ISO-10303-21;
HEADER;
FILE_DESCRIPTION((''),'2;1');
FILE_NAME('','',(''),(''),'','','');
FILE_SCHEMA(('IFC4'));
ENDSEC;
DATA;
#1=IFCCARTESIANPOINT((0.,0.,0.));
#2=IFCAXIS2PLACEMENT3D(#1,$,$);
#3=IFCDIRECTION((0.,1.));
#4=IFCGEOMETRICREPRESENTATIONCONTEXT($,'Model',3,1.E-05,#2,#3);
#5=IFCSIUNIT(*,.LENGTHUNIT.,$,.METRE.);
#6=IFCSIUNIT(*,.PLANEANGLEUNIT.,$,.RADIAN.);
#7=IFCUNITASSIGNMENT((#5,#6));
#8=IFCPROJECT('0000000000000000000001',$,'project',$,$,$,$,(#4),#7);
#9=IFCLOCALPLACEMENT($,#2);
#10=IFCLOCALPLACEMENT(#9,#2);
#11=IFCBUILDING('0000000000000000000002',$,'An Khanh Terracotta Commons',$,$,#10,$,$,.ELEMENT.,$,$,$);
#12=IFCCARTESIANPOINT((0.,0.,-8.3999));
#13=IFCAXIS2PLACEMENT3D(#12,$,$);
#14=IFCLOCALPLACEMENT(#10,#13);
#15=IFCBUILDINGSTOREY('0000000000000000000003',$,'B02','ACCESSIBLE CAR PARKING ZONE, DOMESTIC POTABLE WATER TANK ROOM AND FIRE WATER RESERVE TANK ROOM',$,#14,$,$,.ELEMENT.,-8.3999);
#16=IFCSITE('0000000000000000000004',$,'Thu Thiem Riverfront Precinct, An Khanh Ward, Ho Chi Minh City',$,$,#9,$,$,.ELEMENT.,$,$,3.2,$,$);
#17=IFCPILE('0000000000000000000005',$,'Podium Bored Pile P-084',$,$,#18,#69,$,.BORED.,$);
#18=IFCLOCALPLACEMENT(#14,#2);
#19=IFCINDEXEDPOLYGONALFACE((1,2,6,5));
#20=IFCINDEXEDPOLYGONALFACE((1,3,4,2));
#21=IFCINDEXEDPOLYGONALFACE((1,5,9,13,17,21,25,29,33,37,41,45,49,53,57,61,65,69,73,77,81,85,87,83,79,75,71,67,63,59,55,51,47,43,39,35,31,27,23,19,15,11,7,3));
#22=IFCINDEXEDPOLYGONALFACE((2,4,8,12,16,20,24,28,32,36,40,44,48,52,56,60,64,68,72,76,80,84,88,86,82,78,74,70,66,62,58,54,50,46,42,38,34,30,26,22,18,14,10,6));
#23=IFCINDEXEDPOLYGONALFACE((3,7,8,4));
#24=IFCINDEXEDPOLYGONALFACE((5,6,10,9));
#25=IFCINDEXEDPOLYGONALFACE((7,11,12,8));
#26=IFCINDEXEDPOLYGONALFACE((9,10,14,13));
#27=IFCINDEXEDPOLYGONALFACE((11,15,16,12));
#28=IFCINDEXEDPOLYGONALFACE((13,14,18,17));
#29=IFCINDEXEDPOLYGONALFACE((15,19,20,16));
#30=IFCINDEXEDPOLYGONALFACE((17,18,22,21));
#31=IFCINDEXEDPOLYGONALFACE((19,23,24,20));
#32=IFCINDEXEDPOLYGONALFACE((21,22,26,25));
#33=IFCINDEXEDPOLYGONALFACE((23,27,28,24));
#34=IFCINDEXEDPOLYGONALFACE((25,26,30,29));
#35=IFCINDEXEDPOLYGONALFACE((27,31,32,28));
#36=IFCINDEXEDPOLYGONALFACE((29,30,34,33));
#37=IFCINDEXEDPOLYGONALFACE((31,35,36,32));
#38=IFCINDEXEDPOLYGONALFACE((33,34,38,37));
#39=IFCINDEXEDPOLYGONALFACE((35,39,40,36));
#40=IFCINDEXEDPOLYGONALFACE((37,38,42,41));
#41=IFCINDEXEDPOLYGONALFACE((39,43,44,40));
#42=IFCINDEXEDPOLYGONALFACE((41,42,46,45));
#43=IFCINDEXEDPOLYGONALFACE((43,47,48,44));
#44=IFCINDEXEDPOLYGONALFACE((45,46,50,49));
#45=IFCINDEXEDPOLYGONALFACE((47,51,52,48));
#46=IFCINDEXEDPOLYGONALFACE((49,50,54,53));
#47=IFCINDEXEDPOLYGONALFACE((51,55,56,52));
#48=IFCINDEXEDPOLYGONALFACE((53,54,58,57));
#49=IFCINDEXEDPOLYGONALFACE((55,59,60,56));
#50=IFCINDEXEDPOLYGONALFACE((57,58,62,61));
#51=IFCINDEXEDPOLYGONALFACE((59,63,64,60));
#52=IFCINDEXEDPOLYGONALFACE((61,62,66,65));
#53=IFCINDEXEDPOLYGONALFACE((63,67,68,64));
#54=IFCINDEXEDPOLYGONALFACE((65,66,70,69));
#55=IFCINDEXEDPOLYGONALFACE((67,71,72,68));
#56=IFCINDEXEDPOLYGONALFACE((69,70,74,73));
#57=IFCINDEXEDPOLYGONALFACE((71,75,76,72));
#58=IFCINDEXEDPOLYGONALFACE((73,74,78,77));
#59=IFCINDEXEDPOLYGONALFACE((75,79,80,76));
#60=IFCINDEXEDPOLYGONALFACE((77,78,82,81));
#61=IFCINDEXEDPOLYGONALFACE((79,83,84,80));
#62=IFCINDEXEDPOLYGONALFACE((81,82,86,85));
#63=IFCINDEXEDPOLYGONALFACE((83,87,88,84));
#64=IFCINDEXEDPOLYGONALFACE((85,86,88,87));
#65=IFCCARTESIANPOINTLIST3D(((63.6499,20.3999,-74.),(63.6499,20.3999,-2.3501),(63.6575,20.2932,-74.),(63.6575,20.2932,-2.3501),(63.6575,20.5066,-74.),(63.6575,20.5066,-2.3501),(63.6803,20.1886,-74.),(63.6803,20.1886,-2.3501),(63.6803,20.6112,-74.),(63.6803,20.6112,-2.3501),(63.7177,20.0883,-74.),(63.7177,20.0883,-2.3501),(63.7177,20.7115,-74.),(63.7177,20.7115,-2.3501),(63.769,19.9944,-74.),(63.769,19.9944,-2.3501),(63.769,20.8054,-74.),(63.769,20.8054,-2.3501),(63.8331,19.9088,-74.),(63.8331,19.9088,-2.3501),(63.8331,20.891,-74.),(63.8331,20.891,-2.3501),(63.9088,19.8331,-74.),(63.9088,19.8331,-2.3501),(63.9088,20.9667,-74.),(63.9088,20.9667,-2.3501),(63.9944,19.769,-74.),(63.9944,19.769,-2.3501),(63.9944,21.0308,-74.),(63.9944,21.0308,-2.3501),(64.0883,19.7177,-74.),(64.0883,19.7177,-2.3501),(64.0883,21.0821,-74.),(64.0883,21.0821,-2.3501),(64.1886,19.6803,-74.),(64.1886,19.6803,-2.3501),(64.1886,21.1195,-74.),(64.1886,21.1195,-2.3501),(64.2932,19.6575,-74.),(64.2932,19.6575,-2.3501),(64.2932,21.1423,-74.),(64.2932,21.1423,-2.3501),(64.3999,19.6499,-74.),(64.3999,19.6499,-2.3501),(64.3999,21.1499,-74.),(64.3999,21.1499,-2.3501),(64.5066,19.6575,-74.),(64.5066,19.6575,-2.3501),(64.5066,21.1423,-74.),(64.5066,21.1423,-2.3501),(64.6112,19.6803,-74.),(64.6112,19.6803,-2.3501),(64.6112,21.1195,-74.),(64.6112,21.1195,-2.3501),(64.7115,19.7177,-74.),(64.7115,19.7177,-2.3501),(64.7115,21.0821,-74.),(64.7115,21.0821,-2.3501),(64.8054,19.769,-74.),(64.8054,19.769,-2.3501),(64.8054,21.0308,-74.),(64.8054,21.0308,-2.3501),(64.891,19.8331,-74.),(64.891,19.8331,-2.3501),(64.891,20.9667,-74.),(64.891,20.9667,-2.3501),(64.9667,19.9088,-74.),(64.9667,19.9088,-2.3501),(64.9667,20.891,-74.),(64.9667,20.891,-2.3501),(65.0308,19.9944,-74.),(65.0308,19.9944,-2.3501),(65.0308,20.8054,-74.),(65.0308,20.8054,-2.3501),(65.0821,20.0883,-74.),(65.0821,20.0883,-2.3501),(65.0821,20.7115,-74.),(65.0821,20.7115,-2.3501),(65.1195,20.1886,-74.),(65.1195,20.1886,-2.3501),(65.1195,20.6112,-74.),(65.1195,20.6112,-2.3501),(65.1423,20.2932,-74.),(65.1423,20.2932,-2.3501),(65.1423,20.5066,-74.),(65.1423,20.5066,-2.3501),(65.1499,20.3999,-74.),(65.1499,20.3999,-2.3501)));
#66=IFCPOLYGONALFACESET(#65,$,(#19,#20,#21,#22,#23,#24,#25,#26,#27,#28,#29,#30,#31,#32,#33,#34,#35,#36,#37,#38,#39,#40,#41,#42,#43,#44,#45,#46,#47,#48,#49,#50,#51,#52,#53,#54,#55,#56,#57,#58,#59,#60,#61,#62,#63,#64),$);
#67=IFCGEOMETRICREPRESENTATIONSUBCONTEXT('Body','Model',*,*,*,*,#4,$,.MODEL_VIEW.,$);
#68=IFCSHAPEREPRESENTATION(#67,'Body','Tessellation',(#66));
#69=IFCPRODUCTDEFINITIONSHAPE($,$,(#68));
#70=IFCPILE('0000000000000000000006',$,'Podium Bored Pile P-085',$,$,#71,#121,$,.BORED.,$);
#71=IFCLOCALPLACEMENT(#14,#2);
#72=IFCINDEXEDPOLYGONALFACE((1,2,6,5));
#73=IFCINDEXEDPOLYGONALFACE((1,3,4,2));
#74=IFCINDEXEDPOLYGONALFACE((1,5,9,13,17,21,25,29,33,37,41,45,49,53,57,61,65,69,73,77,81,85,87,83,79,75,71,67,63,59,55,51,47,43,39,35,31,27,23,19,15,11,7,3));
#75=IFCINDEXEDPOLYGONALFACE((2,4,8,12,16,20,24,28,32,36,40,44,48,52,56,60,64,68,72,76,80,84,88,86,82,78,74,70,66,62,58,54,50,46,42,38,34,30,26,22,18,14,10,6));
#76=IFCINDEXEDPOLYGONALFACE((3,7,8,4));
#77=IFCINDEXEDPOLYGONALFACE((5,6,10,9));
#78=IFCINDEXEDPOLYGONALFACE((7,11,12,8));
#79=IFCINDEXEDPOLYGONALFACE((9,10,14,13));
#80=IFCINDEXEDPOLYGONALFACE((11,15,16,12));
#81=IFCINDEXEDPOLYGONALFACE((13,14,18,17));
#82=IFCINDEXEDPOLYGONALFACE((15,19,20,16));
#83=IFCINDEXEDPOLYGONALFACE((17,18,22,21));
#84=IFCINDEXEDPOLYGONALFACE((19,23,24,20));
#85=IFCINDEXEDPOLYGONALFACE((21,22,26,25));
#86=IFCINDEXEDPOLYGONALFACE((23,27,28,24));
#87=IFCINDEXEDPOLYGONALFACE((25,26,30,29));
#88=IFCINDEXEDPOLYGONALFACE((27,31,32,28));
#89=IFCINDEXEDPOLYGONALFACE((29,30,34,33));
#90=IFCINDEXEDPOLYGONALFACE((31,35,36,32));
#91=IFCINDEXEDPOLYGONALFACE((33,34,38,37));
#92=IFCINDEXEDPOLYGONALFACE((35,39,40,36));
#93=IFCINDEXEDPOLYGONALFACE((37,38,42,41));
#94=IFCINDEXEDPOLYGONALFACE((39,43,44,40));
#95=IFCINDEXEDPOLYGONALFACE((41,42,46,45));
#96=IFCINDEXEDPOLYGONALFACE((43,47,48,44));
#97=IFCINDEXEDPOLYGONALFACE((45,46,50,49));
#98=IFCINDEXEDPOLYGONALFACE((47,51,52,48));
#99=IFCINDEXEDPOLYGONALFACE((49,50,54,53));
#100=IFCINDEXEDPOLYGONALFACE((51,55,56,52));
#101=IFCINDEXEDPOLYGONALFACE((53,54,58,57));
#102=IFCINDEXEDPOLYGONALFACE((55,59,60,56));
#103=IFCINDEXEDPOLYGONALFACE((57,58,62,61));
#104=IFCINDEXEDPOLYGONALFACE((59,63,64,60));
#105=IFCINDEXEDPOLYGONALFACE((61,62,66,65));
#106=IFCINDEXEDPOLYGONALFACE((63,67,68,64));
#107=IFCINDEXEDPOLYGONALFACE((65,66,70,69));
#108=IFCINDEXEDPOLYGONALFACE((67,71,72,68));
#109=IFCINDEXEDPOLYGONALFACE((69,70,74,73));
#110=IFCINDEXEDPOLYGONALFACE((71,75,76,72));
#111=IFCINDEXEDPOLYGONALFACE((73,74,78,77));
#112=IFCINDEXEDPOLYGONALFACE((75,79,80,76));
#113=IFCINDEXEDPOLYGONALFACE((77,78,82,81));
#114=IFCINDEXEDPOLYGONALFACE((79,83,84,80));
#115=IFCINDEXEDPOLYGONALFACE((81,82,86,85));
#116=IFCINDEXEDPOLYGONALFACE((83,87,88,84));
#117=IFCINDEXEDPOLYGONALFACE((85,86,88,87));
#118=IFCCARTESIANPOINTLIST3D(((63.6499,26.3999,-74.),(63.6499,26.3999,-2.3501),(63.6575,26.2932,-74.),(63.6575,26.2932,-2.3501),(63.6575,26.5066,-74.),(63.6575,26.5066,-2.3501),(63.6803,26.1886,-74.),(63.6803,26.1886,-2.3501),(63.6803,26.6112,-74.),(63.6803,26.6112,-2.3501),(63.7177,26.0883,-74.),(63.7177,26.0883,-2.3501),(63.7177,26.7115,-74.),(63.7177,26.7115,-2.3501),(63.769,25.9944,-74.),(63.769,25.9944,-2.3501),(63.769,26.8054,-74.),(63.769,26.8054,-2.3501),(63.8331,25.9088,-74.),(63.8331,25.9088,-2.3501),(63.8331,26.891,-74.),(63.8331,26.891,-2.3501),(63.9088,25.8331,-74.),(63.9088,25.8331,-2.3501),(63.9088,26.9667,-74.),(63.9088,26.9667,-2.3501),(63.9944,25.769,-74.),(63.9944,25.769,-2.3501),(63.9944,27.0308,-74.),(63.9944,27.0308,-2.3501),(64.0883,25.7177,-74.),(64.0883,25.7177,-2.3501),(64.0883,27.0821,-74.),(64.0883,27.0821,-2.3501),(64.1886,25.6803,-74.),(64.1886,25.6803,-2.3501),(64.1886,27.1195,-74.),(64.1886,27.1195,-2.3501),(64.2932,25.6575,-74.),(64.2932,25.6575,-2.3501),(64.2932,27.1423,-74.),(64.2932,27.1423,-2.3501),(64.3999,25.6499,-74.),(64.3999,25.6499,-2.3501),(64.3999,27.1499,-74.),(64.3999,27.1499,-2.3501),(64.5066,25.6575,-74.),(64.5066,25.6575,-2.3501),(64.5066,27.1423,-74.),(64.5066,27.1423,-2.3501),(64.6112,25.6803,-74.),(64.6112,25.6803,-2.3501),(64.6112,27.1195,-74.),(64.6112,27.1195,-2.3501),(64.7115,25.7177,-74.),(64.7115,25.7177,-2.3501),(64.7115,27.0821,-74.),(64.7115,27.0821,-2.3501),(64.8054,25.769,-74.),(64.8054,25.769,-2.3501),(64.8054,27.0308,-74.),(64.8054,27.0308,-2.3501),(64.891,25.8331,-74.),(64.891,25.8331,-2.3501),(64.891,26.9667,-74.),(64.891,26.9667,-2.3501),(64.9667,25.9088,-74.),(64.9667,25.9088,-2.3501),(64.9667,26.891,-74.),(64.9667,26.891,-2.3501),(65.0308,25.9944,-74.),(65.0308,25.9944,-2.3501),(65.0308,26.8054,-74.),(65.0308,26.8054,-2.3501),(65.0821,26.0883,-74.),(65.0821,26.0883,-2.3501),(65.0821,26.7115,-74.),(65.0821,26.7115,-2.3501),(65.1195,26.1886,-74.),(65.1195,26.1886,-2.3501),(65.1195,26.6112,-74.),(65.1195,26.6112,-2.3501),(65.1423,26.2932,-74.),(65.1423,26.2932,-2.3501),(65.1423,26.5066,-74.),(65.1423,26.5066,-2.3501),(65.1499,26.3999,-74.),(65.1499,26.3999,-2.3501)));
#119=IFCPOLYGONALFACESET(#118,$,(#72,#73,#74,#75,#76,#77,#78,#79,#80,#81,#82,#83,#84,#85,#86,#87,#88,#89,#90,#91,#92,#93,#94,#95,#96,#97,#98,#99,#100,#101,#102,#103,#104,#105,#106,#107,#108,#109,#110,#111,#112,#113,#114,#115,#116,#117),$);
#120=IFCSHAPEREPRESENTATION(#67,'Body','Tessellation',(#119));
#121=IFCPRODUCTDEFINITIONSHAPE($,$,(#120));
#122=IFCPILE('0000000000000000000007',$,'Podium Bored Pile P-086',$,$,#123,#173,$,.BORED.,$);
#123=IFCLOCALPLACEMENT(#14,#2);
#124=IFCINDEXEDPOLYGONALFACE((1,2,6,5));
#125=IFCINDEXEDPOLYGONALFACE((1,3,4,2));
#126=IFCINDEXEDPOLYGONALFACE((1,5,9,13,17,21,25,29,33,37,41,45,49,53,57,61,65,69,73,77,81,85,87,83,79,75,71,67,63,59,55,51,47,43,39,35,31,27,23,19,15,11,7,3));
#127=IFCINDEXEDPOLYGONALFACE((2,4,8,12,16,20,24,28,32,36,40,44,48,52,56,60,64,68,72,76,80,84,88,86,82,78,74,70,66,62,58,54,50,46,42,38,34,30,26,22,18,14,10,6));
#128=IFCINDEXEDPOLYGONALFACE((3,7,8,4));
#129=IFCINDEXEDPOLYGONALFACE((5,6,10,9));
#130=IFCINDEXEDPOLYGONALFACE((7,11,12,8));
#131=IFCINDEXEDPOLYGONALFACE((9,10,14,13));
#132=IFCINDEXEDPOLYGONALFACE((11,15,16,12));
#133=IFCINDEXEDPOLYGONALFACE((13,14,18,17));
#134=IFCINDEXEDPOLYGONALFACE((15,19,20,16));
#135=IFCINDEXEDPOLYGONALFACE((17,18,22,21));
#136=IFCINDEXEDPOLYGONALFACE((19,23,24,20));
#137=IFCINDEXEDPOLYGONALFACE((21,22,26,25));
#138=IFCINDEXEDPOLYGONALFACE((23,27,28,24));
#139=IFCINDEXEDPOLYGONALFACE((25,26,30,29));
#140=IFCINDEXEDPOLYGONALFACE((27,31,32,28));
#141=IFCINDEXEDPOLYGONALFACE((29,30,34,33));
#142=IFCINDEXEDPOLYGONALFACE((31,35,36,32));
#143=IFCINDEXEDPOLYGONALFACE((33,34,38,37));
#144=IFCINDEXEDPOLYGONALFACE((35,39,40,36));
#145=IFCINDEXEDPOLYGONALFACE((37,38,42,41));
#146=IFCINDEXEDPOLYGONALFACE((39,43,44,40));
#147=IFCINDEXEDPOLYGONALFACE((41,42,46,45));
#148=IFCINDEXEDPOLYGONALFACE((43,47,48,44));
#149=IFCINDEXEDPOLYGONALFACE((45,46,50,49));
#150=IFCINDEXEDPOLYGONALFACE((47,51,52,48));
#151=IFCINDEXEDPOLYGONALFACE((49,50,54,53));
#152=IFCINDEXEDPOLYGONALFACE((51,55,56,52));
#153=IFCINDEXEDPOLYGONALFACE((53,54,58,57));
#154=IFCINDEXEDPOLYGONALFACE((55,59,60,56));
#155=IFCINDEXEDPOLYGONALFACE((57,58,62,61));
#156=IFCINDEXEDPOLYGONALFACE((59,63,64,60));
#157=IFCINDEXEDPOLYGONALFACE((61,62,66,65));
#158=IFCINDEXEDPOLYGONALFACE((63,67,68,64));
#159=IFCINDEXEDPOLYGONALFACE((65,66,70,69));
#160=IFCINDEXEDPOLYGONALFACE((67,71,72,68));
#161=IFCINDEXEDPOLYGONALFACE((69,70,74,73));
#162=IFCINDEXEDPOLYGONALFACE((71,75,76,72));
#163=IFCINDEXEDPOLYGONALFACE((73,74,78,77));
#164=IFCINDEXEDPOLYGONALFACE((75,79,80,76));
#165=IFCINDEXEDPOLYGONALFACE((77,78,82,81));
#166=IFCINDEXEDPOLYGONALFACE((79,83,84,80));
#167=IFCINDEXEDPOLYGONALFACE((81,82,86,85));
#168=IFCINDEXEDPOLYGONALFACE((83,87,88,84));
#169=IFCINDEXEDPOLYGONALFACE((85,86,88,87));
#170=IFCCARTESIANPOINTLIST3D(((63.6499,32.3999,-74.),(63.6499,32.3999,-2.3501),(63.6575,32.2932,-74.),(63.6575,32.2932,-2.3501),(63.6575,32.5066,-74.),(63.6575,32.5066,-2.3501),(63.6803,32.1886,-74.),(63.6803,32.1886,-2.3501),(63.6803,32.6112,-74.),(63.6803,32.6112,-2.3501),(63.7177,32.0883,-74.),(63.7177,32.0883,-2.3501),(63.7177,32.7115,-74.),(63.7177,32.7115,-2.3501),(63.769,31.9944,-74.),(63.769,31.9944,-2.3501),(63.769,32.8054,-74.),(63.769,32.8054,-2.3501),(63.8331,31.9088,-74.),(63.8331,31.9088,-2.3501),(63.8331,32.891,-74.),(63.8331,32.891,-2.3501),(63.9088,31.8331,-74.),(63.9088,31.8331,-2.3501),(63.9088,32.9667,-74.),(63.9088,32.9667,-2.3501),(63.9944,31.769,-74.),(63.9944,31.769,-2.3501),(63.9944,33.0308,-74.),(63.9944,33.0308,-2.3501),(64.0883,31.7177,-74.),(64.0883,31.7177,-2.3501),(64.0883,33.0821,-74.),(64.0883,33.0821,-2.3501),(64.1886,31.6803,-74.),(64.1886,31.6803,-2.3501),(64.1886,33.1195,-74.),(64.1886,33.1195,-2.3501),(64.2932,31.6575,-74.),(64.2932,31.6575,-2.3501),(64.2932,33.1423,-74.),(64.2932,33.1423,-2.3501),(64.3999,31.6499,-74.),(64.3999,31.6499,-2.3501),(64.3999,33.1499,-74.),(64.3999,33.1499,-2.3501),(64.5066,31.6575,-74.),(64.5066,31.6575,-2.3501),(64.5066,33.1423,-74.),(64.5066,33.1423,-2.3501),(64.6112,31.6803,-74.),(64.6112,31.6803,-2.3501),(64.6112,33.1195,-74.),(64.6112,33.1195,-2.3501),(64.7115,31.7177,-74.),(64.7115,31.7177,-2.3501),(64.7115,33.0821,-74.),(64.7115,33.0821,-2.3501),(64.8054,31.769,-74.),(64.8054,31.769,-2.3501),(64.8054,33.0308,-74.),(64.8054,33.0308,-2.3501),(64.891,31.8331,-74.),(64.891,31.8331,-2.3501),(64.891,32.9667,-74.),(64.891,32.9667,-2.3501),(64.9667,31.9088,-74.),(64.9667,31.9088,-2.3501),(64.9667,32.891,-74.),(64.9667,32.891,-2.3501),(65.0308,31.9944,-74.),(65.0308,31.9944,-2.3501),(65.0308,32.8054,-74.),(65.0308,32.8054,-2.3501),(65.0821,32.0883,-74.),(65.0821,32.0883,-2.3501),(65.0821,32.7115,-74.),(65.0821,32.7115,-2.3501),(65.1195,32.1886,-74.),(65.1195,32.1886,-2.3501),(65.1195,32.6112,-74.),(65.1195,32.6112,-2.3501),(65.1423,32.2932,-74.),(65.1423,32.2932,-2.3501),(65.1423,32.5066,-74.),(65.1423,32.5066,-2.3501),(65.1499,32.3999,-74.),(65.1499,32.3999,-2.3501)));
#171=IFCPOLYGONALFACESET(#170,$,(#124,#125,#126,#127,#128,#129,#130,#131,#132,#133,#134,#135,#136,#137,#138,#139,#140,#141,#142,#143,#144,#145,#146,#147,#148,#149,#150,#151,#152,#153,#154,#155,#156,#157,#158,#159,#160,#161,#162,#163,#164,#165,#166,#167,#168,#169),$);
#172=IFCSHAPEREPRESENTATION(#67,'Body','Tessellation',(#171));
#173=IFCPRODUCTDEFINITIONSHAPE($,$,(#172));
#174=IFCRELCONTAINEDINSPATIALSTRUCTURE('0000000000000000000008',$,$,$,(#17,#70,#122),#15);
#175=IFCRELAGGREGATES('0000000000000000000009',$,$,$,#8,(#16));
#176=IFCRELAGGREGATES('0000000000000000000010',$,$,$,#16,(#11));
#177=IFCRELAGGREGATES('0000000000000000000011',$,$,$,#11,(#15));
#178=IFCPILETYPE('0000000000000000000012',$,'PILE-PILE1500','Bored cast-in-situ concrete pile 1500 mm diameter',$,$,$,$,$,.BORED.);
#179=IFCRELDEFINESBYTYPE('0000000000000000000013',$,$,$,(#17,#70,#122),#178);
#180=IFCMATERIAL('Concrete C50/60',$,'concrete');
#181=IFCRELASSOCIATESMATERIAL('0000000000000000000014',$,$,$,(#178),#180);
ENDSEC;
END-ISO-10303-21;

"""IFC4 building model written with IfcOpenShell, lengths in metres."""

from ifc_helpers import new_model, si_unit, direction, frame, origin, origin_2d, place, context, subcontext, project, spatial, circle, extrude, material, material_profile, profile_set, type_object, element, save


model = new_model("IFC4")

# Units and contexts
model_context = context("Model", 3, precision=1e-05, world=origin(), true_north=direction((0.0, 1.0)))
body_context = subcontext(model_context, "Body", "Model", "MODEL_VIEW")
ifc_project = project(units=[si_unit("LENGTHUNIT", "METRE"), si_unit("PLANEANGLEUNIT", "RADIAN")], contexts=[model_context])

# Site, building, storey
site_placement = place(None, origin())
site = spatial("IfcSite", under=ifc_project, at=site_placement, Name="Thu Thiem Riverfront Precinct, An Khanh Ward, Ho Chi Minh City", CompositionType="ELEMENT", RefElevation=3.2)
building_placement = place(site_placement, origin())
building = spatial("IfcBuilding", under=site, at=building_placement, Name="An Khanh Terracotta Commons", CompositionType="ELEMENT")
storey_placement = place(building_placement, frame((0.0, 0.0, -8.3999)))
storey = spatial("IfcBuildingStorey", under=building, at=storey_placement, Name="B02", Description="ACCESSIBLE CAR PARKING ZONE, DOMESTIC POTABLE WATER TANK ROOM AND FIRE WATER RESERVE TANK ROOM", CompositionType="ELEMENT", Elevation=-8.3999)

# Shared definitions
ifc_material_1 = material(Name="Concrete C50/60", Category="concrete")

# Piles
ifc_material_profile_1 = material_profile(ifc_material_1, circle(Radius=0.75, at=origin_2d()), Name="PILE1500")
ifc_profile_set_1 = profile_set([ifc_material_profile_1], Name="Concrete C50/60")
pile_type_1 = type_object("IfcPileType", Name="PILE-PILE1500", Description="Bored cast-in-situ concrete pile 1500 mm diameter", PredefinedType="BORED", material=ifc_profile_set_1)
for number, where, z_axis, x_axis, name in (
    (1, (64.3999, 20.3999, -2.3501), (0.0, 0.0, -1.0), (1.0, 0.0, 0.0), "Podium Bored Pile P-084"),
    (2, (64.3999, 26.3999, -2.3501), (0.0, 0.0, -1.0), (1.0, 0.0, 0.0), "Podium Bored Pile P-085"),
    (3, (64.3999, 32.3999, -2.3501), (0.0, 0.0, -1.0), (1.0, 0.0, 0.0), "Podium Bored Pile P-086"),
):
    element("IfcPile", number, at=place(storey_placement, frame(where, z_axis=z_axis, x_axis=x_axis)), inside=storey, type_object=pile_type_1, Name=name, PredefinedType="BORED", context=body_context, shape_type="SweptSolid", body=[
        extrude(circle(Radius=0.75, at=origin_2d()), origin(), (0.0, 0.0, 1.0), 71.6499),
    ])

save(model, "model.ifc")
